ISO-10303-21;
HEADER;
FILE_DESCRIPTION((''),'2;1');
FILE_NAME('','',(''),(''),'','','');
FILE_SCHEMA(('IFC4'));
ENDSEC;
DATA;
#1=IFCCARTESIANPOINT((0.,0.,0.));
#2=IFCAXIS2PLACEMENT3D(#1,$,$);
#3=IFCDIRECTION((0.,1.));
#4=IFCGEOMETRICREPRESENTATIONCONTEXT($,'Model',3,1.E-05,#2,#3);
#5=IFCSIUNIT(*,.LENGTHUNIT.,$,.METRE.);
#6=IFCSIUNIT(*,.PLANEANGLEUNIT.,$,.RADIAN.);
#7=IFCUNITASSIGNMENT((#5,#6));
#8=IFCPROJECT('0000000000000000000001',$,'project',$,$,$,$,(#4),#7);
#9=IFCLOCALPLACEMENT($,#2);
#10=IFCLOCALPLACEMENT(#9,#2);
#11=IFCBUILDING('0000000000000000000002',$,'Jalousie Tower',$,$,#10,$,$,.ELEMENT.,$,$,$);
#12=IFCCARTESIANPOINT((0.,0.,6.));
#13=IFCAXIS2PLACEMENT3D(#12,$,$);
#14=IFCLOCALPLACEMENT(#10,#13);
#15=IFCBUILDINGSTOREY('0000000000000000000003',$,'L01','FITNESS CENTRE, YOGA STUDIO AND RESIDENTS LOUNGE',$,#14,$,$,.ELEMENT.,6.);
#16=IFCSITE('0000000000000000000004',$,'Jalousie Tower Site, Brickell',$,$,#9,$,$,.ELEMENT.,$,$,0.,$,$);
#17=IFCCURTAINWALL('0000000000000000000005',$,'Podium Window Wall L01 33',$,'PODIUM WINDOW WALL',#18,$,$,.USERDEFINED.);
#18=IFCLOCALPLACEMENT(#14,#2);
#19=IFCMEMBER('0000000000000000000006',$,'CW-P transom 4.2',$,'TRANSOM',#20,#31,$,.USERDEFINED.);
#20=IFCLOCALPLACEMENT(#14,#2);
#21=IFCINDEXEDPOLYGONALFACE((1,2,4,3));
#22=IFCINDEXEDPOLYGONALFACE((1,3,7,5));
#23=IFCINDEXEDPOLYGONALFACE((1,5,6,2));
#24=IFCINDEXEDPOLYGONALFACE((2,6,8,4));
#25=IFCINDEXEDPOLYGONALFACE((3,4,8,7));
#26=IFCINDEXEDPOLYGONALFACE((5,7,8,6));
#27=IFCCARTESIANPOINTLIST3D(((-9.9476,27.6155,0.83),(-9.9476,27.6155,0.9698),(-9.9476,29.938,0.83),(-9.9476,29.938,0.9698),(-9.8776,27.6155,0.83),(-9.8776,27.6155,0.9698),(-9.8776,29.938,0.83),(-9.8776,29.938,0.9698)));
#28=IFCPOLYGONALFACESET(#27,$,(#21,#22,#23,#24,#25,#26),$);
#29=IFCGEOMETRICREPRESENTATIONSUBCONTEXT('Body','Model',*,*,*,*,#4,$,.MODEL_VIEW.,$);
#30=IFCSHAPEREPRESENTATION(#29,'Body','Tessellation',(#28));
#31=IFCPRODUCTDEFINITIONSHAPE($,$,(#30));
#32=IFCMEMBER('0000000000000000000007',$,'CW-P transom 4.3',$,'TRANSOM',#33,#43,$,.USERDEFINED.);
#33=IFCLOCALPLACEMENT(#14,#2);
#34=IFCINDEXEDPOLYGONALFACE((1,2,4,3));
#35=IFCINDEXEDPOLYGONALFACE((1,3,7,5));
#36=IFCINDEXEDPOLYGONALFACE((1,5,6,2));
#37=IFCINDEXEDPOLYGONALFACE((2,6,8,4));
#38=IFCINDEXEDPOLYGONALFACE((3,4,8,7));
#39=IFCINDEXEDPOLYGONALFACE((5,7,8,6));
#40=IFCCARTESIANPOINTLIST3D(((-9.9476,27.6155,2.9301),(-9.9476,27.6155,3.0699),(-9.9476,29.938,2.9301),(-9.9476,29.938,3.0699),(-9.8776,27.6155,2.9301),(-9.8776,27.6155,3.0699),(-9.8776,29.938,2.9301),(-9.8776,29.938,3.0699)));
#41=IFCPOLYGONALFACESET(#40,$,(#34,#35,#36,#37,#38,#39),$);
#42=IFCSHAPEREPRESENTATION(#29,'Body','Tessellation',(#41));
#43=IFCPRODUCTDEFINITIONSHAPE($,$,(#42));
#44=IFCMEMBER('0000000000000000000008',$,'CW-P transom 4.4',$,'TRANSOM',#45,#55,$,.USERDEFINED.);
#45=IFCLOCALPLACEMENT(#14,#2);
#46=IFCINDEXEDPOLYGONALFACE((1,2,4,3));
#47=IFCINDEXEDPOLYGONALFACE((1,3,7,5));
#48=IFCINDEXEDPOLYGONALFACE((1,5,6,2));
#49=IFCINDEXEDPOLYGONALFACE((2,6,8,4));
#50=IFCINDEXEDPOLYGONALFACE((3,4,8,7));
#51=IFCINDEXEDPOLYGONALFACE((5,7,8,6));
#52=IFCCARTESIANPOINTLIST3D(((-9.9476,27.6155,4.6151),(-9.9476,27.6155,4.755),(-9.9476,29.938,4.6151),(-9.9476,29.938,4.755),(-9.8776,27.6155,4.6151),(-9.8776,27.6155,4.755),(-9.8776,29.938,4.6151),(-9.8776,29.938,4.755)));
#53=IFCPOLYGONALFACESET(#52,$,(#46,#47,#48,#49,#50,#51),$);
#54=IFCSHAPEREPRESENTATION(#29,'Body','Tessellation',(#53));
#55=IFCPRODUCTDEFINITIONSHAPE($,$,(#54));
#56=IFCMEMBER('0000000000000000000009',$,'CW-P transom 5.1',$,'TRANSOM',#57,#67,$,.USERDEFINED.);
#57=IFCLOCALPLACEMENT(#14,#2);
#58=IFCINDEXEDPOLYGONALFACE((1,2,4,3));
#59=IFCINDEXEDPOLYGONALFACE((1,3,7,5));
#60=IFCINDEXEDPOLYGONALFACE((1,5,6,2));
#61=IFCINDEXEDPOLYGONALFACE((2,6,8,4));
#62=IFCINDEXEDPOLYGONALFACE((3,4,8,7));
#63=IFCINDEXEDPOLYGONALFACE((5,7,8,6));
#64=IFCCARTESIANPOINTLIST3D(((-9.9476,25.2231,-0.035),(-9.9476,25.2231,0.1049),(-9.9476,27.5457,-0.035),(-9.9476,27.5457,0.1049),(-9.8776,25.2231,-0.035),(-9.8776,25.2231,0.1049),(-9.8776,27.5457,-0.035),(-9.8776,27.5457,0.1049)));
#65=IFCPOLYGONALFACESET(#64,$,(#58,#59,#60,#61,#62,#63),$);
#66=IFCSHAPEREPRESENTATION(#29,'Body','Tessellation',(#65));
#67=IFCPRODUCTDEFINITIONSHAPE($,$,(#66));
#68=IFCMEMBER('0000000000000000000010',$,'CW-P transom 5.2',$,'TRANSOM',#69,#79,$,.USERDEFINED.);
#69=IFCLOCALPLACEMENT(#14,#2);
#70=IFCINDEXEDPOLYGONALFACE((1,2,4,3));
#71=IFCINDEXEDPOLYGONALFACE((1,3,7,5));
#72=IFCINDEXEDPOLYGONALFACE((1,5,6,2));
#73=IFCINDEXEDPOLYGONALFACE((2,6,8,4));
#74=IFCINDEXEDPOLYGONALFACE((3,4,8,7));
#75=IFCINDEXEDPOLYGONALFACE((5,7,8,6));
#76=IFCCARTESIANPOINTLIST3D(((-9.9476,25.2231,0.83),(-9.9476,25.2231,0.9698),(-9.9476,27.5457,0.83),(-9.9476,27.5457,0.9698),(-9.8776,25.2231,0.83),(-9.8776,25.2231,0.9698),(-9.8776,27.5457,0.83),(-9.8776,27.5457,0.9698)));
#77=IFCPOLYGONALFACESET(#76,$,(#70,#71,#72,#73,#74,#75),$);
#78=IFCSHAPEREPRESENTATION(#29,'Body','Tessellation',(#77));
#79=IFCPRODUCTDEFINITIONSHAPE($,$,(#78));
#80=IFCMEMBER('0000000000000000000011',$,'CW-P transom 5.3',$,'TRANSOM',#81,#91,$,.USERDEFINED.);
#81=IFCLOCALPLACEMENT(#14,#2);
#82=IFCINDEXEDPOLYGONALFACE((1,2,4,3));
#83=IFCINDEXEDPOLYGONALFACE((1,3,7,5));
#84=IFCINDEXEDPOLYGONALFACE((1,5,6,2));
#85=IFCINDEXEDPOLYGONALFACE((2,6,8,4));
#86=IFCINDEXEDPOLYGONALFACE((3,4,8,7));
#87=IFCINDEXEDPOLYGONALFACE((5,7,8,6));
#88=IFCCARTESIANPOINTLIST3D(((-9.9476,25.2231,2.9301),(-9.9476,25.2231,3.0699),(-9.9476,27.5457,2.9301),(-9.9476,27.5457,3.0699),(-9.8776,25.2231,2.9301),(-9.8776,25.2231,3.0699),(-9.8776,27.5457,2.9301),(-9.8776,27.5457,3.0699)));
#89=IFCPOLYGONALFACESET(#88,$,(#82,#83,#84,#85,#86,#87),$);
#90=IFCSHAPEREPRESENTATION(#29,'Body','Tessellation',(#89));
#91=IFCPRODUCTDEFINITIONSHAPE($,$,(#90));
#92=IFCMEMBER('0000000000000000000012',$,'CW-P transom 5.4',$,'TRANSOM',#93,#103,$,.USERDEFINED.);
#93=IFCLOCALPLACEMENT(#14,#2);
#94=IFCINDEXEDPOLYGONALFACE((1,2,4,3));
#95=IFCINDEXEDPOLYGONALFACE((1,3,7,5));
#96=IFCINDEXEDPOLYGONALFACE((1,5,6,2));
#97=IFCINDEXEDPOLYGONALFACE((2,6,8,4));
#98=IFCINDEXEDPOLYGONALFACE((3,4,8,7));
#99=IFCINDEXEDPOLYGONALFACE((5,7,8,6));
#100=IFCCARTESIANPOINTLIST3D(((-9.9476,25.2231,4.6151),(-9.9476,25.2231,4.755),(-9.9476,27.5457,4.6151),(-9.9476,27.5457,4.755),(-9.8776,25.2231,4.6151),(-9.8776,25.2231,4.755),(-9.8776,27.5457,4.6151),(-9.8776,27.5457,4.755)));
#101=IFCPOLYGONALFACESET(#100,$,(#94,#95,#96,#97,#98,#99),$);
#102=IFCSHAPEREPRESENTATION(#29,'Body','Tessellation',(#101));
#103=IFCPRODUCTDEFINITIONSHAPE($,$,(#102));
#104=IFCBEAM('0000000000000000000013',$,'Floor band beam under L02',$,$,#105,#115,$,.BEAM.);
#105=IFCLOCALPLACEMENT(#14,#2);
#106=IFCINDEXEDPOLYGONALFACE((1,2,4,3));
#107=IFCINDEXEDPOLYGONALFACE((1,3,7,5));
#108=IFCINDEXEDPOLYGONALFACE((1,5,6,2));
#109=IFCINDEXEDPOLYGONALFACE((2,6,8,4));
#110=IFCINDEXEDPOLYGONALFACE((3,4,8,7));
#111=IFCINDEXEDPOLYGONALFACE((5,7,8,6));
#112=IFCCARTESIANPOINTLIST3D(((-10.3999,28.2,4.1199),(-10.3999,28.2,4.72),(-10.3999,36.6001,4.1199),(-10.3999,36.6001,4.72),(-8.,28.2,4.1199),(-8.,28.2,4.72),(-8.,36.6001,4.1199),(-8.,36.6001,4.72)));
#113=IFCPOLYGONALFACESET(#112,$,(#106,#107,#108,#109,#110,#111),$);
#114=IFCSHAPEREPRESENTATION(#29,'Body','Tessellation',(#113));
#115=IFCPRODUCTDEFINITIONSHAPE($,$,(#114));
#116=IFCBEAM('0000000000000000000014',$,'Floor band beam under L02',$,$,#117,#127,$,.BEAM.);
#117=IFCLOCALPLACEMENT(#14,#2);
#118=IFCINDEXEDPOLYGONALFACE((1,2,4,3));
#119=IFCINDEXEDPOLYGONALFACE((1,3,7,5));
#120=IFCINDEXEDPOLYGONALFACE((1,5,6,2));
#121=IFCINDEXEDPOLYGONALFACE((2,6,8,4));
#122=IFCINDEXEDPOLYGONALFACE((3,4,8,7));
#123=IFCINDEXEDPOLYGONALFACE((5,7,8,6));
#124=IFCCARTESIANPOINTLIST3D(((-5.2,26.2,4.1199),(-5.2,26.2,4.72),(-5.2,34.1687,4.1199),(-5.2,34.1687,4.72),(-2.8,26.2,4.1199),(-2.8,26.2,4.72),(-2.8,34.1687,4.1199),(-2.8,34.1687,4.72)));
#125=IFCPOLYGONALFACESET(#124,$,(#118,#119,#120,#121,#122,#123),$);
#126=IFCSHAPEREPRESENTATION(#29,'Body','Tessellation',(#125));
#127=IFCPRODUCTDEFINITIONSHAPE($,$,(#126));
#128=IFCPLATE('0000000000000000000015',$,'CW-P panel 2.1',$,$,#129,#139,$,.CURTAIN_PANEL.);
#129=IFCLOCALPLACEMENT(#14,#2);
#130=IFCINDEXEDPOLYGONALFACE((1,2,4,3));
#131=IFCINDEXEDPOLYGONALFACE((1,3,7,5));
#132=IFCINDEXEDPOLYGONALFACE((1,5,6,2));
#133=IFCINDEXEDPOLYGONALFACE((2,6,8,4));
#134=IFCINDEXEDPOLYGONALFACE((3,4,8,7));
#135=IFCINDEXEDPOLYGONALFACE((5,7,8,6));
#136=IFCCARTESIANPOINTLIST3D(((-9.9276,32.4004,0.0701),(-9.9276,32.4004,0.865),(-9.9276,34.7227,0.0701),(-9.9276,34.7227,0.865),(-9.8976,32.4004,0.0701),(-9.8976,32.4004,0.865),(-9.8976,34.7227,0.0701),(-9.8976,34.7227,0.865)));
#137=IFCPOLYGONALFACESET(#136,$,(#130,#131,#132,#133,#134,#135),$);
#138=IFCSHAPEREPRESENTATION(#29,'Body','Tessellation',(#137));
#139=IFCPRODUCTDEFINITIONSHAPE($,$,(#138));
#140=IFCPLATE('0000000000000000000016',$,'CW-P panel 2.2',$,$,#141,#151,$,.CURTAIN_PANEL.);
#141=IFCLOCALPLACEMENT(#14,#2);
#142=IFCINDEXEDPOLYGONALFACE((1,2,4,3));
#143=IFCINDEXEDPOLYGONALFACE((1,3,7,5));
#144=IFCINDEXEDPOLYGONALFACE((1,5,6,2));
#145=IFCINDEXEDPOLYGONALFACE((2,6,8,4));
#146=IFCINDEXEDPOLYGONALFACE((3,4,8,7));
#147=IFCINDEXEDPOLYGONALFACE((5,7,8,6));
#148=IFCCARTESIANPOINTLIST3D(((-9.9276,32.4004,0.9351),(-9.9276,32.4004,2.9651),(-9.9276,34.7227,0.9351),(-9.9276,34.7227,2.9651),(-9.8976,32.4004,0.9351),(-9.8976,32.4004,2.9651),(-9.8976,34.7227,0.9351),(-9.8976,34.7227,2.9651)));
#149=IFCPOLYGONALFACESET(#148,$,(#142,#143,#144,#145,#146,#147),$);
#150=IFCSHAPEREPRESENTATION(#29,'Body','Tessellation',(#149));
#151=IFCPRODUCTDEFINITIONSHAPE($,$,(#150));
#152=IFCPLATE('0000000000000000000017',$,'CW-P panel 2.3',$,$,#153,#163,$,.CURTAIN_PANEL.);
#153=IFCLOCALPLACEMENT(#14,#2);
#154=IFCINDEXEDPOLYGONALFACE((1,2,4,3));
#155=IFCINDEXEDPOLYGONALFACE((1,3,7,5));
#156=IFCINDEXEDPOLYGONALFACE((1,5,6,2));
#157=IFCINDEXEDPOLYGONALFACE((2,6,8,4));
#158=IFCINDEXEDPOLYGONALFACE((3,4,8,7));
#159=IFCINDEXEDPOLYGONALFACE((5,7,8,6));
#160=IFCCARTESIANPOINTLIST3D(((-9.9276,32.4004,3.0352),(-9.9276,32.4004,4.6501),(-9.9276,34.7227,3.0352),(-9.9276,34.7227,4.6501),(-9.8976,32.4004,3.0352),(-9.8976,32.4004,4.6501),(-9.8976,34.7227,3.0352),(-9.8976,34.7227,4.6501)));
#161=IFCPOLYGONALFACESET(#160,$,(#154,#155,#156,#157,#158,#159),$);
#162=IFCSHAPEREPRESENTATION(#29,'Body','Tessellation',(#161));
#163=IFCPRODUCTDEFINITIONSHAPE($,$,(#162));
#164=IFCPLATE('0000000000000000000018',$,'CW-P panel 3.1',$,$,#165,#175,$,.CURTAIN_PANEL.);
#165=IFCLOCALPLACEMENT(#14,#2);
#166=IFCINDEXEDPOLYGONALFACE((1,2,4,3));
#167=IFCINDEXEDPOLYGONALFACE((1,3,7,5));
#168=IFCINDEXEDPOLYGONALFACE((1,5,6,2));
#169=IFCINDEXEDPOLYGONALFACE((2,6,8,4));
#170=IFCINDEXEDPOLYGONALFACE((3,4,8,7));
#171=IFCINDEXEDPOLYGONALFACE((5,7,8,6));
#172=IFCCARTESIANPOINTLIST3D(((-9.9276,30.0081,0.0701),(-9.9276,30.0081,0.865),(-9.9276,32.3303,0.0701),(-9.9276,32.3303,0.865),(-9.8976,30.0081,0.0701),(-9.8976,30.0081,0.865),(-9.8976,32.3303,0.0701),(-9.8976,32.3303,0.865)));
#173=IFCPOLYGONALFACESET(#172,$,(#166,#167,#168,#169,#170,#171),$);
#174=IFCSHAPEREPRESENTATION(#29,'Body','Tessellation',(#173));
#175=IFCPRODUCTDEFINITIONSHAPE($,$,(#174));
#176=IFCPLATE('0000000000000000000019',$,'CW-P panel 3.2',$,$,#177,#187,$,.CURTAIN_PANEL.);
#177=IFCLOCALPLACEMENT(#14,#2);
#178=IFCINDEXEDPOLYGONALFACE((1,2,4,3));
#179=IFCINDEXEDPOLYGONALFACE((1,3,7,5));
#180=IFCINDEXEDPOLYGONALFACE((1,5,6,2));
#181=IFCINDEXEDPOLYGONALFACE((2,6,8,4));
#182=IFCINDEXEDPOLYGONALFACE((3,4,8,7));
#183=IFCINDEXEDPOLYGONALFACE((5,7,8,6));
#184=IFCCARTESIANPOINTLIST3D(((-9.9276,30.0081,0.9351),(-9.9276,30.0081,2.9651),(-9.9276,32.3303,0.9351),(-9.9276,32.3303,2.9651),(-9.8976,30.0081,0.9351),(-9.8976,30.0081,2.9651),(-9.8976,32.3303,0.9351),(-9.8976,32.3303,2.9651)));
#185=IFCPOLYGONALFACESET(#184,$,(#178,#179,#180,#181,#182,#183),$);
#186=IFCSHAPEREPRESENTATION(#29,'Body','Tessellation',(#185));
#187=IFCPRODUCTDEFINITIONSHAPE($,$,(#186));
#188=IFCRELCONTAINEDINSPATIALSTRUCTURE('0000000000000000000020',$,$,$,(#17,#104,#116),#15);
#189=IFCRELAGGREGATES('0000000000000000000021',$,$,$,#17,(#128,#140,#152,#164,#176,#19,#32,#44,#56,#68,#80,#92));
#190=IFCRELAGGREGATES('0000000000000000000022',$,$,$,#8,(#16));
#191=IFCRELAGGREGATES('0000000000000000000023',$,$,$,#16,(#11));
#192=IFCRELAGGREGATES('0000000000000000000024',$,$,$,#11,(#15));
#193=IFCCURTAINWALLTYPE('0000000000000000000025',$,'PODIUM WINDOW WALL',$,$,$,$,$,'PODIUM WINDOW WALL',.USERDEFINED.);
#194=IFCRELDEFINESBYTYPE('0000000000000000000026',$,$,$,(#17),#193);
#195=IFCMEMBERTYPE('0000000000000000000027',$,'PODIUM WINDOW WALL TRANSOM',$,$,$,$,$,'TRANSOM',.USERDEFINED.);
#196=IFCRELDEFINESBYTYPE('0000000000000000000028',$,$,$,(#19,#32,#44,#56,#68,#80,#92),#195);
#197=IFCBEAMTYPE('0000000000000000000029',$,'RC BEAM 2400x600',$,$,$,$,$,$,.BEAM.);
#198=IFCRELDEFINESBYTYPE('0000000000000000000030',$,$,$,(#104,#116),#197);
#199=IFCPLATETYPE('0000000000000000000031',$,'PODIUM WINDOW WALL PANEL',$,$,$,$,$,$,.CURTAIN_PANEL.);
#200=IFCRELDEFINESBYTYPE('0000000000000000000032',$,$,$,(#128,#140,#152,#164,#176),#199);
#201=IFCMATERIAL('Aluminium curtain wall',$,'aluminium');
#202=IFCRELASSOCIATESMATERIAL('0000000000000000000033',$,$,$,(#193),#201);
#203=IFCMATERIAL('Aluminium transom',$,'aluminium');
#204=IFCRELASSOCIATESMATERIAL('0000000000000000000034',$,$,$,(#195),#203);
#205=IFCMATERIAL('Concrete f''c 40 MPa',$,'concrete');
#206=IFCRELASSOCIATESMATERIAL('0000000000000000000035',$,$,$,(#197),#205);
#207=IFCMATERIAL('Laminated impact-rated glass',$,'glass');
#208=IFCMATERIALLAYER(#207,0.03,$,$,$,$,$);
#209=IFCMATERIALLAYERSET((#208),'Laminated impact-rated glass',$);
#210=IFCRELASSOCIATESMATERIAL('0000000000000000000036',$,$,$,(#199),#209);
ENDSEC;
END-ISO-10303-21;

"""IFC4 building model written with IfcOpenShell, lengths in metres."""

from ifc_helpers import new_model, si_unit, direction, frame, origin, origin_2d, place, context, subcontext, project, spatial, rectangle, extrude, material, layer, layer_set, material_profile, profile_set, type_object, element, aggregate, save


model = new_model("IFC4")

# Units and contexts
model_context = context("Model", 3, precision=1e-05, world=origin(), true_north=direction((0.0, 1.0)))
body_context = subcontext(model_context, "Body", "Model", "MODEL_VIEW")
ifc_project = project(units=[si_unit("LENGTHUNIT", "METRE"), si_unit("PLANEANGLEUNIT", "RADIAN")], contexts=[model_context])

# Site, building, storey
site_placement = place(None, origin())
site = spatial("IfcSite", under=ifc_project, at=site_placement, Name="Jalousie Tower Site, Brickell", CompositionType="ELEMENT", RefElevation=0.0)
building_placement = place(site_placement, origin())
building = spatial("IfcBuilding", under=site, at=building_placement, Name="Jalousie Tower", CompositionType="ELEMENT")
storey_placement = place(building_placement, frame((0.0, 0.0, 6.0)))
storey = spatial("IfcBuildingStorey", under=building, at=storey_placement, Name="L01", Description="FITNESS CENTRE, YOGA STUDIO AND RESIDENTS LOUNGE", CompositionType="ELEMENT", Elevation=6.0)

# Curtain wall, members
ifc_material_1 = material(Name="Aluminium curtain wall", Category="aluminium")
curtain_wall_type = type_object("IfcCurtainWallType", Name="PODIUM WINDOW WALL", ElementType="PODIUM WINDOW WALL", PredefinedType="USERDEFINED", material=ifc_material_1)
curtain_wall_placement = place(storey_placement, origin())
curtain_wall = element("IfcCurtainWall", 1, at=curtain_wall_placement, inside=storey, type_object=curtain_wall_type, Name="Podium Window Wall L01 33", ObjectType="PODIUM WINDOW WALL", PredefinedType="USERDEFINED")
ifc_material_2 = material(Name="Aluminium transom", Category="aluminium")
ifc_material_profile_1 = material_profile(ifc_material_2, rectangle(XDim=0.0701, YDim=0.1399, at=origin_2d()), Name="TRANSOM 70x140")
ifc_profile_set_1 = profile_set([ifc_material_profile_1], Name="Aluminium transom")
member_type_1 = type_object("IfcMemberType", Name="PODIUM WINDOW WALL TRANSOM", ElementType="TRANSOM", PredefinedType="USERDEFINED", material=ifc_profile_set_1)
member_1_placement = place(storey_placement, frame((-9.9126, 29.938, 0.8999), z_axis=(0.0, -1.0, 0.0), x_axis=(1.0, 0.0, 0.0)))
member_1 = element("IfcMember", 2, at=member_1_placement, type_object=member_type_1, Name="CW-P transom 4.2", ObjectType="TRANSOM", PredefinedType="USERDEFINED", context=body_context, shape_type="SweptSolid", body=[
    extrude(rectangle(XDim=0.0701, YDim=0.1399, at=origin_2d()), origin(), (0.0, 0.0, 1.0), 2.3225),
])
member_2_placement = place(storey_placement, frame((-9.9126, 29.938, 3.0), z_axis=(0.0, -1.0, 0.0), x_axis=(1.0, 0.0, 0.0)))
member_2 = element("IfcMember", 3, at=member_2_placement, type_object=member_type_1, Name="CW-P transom 4.3", ObjectType="TRANSOM", PredefinedType="USERDEFINED", context=body_context, shape_type="SweptSolid", body=[
    extrude(rectangle(XDim=0.0701, YDim=0.1399, at=origin_2d()), origin(), (0.0, 0.0, 1.0), 2.3225),
])
member_3_placement = place(storey_placement, frame((-9.9126, 29.938, 4.6851), z_axis=(0.0, -1.0, 0.0), x_axis=(1.0, 0.0, 0.0)))
member_3 = element("IfcMember", 4, at=member_3_placement, type_object=member_type_1, Name="CW-P transom 4.4", ObjectType="TRANSOM", PredefinedType="USERDEFINED", context=body_context, shape_type="SweptSolid", body=[
    extrude(rectangle(XDim=0.0701, YDim=0.1399, at=origin_2d()), origin(), (0.0, 0.0, 1.0), 2.3225),
])
member_4_placement = place(storey_placement, frame((-9.9126, 27.5457, 0.0349), z_axis=(0.0, -1.0, 0.0), x_axis=(1.0, 0.0, 0.0)))
member_4 = element("IfcMember", 5, at=member_4_placement, type_object=member_type_1, Name="CW-P transom 5.1", ObjectType="TRANSOM", PredefinedType="USERDEFINED", context=body_context, shape_type="SweptSolid", body=[
    extrude(rectangle(XDim=0.0701, YDim=0.1399, at=origin_2d()), origin(), (0.0, 0.0, 1.0), 2.3225),
])
member_5_placement = place(storey_placement, frame((-9.9126, 27.5457, 0.8999), z_axis=(0.0, -1.0, 0.0), x_axis=(1.0, 0.0, 0.0)))
member_5 = element("IfcMember", 6, at=member_5_placement, type_object=member_type_1, Name="CW-P transom 5.2", ObjectType="TRANSOM", PredefinedType="USERDEFINED", context=body_context, shape_type="SweptSolid", body=[
    extrude(rectangle(XDim=0.0701, YDim=0.1399, at=origin_2d()), origin(), (0.0, 0.0, 1.0), 2.3225),
])
member_6_placement = place(storey_placement, frame((-9.9126, 27.5457, 3.0), z_axis=(0.0, -1.0, 0.0), x_axis=(1.0, 0.0, 0.0)))
member_6 = element("IfcMember", 7, at=member_6_placement, type_object=member_type_1, Name="CW-P transom 5.3", ObjectType="TRANSOM", PredefinedType="USERDEFINED", context=body_context, shape_type="SweptSolid", body=[
    extrude(rectangle(XDim=0.0701, YDim=0.1399, at=origin_2d()), origin(), (0.0, 0.0, 1.0), 2.3225),
])
member_7_placement = place(storey_placement, frame((-9.9126, 27.5457, 4.6851), z_axis=(0.0, -1.0, 0.0), x_axis=(1.0, 0.0, 0.0)))
member_7 = element("IfcMember", 8, at=member_7_placement, type_object=member_type_1, Name="CW-P transom 5.4", ObjectType="TRANSOM", PredefinedType="USERDEFINED", context=body_context, shape_type="SweptSolid", body=[
    extrude(rectangle(XDim=0.0701, YDim=0.1399, at=origin_2d()), origin(), (0.0, 0.0, 1.0), 2.3225),
])

# Beams
ifc_material_3 = material(Name="Concrete f'c 40 MPa", Category="concrete")
ifc_material_profile_2 = material_profile(ifc_material_3, rectangle(XDim=2.3999, YDim=0.6001, at=origin_2d()), Name="RC 2400x600")
ifc_profile_set_2 = profile_set([ifc_material_profile_2], Name="Concrete f'c 40 MPa")
beam_type = type_object("IfcBeamType", Name="RC BEAM 2400x600", PredefinedType="BEAM", material=ifc_profile_set_2)
beam_1_placement = place(storey_placement, frame((-9.2, 28.2, 4.4199), z_axis=(0.0, 1.0, 0.0), x_axis=(-1.0, 0.0, 0.0)))
element("IfcBeam", 9, at=beam_1_placement, inside=storey, type_object=beam_type, Name="Floor band beam under L02", PredefinedType="BEAM", context=body_context, shape_type="SweptSolid", body=[
    extrude(rectangle(XDim=2.3999, YDim=0.6001, at=origin_2d()), origin(), (0.0, 0.0, 1.0), 8.4001),
])
beam_2_placement = place(storey_placement, frame((-4.0, 26.2, 4.4199), z_axis=(0.0, 1.0, 0.0), x_axis=(-1.0, 0.0, 0.0)))
element("IfcBeam", 10, at=beam_2_placement, inside=storey, type_object=beam_type, Name="Floor band beam under L02", PredefinedType="BEAM", context=body_context, shape_type="SweptSolid", body=[
    extrude(rectangle(XDim=2.3999, YDim=0.6001, at=origin_2d()), origin(), (0.0, 0.0, 1.0), 7.9688),
])

# Plates
ifc_material_4 = material(Name="Laminated impact-rated glass", Category="glass")
ifc_layer = layer(ifc_material_4, 0.03)
ifc_layer_set = layer_set([ifc_layer], Name="Laminated impact-rated glass")
plate_type = type_object("IfcPlateType", Name="PODIUM WINDOW WALL PANEL", PredefinedType="CURTAIN_PANEL", material=ifc_layer_set)
plate_1_placement = place(storey_placement, frame((-9.9126, 33.5615, 0.0701), z_axis=(0.0, 0.0, 1.0), x_axis=(0.0, -1.0, 0.0)))
plate_1 = element("IfcPlate", 11, at=plate_1_placement, type_object=plate_type, Name="CW-P panel 2.1", PredefinedType="CURTAIN_PANEL", context=body_context, shape_type="SweptSolid", body=[
    extrude(rectangle(XDim=2.3223, YDim=0.03, at=origin_2d()), origin(), (0.0, 0.0, 1.0), 0.7949),
])
plate_2_placement = place(storey_placement, frame((-9.9126, 33.5615, 0.9351), z_axis=(0.0, 0.0, 1.0), x_axis=(0.0, -1.0, 0.0)))
plate_2 = element("IfcPlate", 12, at=plate_2_placement, type_object=plate_type, Name="CW-P panel 2.2", PredefinedType="CURTAIN_PANEL", context=body_context, shape_type="SweptSolid", body=[
    extrude(rectangle(XDim=2.3223, YDim=0.03, at=origin_2d()), origin(), (0.0, 0.0, 1.0), 2.03),
])
plate_3_placement = place(storey_placement, frame((-9.9126, 33.5615, 3.0352), z_axis=(0.0, 0.0, 1.0), x_axis=(0.0, -1.0, 0.0)))
plate_3 = element("IfcPlate", 13, at=plate_3_placement, type_object=plate_type, Name="CW-P panel 2.3", PredefinedType="CURTAIN_PANEL", context=body_context, shape_type="SweptSolid", body=[
    extrude(rectangle(XDim=2.3223, YDim=0.03, at=origin_2d()), origin(), (0.0, 0.0, 1.0), 1.615),
])
plate_4_placement = place(storey_placement, frame((-9.9126, 31.1692, 0.0701), z_axis=(0.0, 0.0, 1.0), x_axis=(0.0, -1.0, 0.0)))
plate_4 = element("IfcPlate", 14, at=plate_4_placement, type_object=plate_type, Name="CW-P panel 3.1", PredefinedType="CURTAIN_PANEL", context=body_context, shape_type="SweptSolid", body=[
    extrude(rectangle(XDim=2.3223, YDim=0.03, at=origin_2d()), origin(), (0.0, 0.0, 1.0), 0.7949),
])
plate_5_placement = place(storey_placement, frame((-9.9126, 31.1692, 0.9351), z_axis=(0.0, 0.0, 1.0), x_axis=(0.0, -1.0, 0.0)))
plate_5 = element("IfcPlate", 15, at=plate_5_placement, type_object=plate_type, Name="CW-P panel 3.2", PredefinedType="CURTAIN_PANEL", context=body_context, shape_type="SweptSolid", body=[
    extrude(rectangle(XDim=2.3223, YDim=0.03, at=origin_2d()), origin(), (0.0, 0.0, 1.0), 2.03),
])
aggregate(curtain_wall, [plate_1, plate_2, plate_3, plate_4, plate_5, member_1, member_2, member_3, member_4, member_5, member_6, member_7])

save(model, "model.ifc")
